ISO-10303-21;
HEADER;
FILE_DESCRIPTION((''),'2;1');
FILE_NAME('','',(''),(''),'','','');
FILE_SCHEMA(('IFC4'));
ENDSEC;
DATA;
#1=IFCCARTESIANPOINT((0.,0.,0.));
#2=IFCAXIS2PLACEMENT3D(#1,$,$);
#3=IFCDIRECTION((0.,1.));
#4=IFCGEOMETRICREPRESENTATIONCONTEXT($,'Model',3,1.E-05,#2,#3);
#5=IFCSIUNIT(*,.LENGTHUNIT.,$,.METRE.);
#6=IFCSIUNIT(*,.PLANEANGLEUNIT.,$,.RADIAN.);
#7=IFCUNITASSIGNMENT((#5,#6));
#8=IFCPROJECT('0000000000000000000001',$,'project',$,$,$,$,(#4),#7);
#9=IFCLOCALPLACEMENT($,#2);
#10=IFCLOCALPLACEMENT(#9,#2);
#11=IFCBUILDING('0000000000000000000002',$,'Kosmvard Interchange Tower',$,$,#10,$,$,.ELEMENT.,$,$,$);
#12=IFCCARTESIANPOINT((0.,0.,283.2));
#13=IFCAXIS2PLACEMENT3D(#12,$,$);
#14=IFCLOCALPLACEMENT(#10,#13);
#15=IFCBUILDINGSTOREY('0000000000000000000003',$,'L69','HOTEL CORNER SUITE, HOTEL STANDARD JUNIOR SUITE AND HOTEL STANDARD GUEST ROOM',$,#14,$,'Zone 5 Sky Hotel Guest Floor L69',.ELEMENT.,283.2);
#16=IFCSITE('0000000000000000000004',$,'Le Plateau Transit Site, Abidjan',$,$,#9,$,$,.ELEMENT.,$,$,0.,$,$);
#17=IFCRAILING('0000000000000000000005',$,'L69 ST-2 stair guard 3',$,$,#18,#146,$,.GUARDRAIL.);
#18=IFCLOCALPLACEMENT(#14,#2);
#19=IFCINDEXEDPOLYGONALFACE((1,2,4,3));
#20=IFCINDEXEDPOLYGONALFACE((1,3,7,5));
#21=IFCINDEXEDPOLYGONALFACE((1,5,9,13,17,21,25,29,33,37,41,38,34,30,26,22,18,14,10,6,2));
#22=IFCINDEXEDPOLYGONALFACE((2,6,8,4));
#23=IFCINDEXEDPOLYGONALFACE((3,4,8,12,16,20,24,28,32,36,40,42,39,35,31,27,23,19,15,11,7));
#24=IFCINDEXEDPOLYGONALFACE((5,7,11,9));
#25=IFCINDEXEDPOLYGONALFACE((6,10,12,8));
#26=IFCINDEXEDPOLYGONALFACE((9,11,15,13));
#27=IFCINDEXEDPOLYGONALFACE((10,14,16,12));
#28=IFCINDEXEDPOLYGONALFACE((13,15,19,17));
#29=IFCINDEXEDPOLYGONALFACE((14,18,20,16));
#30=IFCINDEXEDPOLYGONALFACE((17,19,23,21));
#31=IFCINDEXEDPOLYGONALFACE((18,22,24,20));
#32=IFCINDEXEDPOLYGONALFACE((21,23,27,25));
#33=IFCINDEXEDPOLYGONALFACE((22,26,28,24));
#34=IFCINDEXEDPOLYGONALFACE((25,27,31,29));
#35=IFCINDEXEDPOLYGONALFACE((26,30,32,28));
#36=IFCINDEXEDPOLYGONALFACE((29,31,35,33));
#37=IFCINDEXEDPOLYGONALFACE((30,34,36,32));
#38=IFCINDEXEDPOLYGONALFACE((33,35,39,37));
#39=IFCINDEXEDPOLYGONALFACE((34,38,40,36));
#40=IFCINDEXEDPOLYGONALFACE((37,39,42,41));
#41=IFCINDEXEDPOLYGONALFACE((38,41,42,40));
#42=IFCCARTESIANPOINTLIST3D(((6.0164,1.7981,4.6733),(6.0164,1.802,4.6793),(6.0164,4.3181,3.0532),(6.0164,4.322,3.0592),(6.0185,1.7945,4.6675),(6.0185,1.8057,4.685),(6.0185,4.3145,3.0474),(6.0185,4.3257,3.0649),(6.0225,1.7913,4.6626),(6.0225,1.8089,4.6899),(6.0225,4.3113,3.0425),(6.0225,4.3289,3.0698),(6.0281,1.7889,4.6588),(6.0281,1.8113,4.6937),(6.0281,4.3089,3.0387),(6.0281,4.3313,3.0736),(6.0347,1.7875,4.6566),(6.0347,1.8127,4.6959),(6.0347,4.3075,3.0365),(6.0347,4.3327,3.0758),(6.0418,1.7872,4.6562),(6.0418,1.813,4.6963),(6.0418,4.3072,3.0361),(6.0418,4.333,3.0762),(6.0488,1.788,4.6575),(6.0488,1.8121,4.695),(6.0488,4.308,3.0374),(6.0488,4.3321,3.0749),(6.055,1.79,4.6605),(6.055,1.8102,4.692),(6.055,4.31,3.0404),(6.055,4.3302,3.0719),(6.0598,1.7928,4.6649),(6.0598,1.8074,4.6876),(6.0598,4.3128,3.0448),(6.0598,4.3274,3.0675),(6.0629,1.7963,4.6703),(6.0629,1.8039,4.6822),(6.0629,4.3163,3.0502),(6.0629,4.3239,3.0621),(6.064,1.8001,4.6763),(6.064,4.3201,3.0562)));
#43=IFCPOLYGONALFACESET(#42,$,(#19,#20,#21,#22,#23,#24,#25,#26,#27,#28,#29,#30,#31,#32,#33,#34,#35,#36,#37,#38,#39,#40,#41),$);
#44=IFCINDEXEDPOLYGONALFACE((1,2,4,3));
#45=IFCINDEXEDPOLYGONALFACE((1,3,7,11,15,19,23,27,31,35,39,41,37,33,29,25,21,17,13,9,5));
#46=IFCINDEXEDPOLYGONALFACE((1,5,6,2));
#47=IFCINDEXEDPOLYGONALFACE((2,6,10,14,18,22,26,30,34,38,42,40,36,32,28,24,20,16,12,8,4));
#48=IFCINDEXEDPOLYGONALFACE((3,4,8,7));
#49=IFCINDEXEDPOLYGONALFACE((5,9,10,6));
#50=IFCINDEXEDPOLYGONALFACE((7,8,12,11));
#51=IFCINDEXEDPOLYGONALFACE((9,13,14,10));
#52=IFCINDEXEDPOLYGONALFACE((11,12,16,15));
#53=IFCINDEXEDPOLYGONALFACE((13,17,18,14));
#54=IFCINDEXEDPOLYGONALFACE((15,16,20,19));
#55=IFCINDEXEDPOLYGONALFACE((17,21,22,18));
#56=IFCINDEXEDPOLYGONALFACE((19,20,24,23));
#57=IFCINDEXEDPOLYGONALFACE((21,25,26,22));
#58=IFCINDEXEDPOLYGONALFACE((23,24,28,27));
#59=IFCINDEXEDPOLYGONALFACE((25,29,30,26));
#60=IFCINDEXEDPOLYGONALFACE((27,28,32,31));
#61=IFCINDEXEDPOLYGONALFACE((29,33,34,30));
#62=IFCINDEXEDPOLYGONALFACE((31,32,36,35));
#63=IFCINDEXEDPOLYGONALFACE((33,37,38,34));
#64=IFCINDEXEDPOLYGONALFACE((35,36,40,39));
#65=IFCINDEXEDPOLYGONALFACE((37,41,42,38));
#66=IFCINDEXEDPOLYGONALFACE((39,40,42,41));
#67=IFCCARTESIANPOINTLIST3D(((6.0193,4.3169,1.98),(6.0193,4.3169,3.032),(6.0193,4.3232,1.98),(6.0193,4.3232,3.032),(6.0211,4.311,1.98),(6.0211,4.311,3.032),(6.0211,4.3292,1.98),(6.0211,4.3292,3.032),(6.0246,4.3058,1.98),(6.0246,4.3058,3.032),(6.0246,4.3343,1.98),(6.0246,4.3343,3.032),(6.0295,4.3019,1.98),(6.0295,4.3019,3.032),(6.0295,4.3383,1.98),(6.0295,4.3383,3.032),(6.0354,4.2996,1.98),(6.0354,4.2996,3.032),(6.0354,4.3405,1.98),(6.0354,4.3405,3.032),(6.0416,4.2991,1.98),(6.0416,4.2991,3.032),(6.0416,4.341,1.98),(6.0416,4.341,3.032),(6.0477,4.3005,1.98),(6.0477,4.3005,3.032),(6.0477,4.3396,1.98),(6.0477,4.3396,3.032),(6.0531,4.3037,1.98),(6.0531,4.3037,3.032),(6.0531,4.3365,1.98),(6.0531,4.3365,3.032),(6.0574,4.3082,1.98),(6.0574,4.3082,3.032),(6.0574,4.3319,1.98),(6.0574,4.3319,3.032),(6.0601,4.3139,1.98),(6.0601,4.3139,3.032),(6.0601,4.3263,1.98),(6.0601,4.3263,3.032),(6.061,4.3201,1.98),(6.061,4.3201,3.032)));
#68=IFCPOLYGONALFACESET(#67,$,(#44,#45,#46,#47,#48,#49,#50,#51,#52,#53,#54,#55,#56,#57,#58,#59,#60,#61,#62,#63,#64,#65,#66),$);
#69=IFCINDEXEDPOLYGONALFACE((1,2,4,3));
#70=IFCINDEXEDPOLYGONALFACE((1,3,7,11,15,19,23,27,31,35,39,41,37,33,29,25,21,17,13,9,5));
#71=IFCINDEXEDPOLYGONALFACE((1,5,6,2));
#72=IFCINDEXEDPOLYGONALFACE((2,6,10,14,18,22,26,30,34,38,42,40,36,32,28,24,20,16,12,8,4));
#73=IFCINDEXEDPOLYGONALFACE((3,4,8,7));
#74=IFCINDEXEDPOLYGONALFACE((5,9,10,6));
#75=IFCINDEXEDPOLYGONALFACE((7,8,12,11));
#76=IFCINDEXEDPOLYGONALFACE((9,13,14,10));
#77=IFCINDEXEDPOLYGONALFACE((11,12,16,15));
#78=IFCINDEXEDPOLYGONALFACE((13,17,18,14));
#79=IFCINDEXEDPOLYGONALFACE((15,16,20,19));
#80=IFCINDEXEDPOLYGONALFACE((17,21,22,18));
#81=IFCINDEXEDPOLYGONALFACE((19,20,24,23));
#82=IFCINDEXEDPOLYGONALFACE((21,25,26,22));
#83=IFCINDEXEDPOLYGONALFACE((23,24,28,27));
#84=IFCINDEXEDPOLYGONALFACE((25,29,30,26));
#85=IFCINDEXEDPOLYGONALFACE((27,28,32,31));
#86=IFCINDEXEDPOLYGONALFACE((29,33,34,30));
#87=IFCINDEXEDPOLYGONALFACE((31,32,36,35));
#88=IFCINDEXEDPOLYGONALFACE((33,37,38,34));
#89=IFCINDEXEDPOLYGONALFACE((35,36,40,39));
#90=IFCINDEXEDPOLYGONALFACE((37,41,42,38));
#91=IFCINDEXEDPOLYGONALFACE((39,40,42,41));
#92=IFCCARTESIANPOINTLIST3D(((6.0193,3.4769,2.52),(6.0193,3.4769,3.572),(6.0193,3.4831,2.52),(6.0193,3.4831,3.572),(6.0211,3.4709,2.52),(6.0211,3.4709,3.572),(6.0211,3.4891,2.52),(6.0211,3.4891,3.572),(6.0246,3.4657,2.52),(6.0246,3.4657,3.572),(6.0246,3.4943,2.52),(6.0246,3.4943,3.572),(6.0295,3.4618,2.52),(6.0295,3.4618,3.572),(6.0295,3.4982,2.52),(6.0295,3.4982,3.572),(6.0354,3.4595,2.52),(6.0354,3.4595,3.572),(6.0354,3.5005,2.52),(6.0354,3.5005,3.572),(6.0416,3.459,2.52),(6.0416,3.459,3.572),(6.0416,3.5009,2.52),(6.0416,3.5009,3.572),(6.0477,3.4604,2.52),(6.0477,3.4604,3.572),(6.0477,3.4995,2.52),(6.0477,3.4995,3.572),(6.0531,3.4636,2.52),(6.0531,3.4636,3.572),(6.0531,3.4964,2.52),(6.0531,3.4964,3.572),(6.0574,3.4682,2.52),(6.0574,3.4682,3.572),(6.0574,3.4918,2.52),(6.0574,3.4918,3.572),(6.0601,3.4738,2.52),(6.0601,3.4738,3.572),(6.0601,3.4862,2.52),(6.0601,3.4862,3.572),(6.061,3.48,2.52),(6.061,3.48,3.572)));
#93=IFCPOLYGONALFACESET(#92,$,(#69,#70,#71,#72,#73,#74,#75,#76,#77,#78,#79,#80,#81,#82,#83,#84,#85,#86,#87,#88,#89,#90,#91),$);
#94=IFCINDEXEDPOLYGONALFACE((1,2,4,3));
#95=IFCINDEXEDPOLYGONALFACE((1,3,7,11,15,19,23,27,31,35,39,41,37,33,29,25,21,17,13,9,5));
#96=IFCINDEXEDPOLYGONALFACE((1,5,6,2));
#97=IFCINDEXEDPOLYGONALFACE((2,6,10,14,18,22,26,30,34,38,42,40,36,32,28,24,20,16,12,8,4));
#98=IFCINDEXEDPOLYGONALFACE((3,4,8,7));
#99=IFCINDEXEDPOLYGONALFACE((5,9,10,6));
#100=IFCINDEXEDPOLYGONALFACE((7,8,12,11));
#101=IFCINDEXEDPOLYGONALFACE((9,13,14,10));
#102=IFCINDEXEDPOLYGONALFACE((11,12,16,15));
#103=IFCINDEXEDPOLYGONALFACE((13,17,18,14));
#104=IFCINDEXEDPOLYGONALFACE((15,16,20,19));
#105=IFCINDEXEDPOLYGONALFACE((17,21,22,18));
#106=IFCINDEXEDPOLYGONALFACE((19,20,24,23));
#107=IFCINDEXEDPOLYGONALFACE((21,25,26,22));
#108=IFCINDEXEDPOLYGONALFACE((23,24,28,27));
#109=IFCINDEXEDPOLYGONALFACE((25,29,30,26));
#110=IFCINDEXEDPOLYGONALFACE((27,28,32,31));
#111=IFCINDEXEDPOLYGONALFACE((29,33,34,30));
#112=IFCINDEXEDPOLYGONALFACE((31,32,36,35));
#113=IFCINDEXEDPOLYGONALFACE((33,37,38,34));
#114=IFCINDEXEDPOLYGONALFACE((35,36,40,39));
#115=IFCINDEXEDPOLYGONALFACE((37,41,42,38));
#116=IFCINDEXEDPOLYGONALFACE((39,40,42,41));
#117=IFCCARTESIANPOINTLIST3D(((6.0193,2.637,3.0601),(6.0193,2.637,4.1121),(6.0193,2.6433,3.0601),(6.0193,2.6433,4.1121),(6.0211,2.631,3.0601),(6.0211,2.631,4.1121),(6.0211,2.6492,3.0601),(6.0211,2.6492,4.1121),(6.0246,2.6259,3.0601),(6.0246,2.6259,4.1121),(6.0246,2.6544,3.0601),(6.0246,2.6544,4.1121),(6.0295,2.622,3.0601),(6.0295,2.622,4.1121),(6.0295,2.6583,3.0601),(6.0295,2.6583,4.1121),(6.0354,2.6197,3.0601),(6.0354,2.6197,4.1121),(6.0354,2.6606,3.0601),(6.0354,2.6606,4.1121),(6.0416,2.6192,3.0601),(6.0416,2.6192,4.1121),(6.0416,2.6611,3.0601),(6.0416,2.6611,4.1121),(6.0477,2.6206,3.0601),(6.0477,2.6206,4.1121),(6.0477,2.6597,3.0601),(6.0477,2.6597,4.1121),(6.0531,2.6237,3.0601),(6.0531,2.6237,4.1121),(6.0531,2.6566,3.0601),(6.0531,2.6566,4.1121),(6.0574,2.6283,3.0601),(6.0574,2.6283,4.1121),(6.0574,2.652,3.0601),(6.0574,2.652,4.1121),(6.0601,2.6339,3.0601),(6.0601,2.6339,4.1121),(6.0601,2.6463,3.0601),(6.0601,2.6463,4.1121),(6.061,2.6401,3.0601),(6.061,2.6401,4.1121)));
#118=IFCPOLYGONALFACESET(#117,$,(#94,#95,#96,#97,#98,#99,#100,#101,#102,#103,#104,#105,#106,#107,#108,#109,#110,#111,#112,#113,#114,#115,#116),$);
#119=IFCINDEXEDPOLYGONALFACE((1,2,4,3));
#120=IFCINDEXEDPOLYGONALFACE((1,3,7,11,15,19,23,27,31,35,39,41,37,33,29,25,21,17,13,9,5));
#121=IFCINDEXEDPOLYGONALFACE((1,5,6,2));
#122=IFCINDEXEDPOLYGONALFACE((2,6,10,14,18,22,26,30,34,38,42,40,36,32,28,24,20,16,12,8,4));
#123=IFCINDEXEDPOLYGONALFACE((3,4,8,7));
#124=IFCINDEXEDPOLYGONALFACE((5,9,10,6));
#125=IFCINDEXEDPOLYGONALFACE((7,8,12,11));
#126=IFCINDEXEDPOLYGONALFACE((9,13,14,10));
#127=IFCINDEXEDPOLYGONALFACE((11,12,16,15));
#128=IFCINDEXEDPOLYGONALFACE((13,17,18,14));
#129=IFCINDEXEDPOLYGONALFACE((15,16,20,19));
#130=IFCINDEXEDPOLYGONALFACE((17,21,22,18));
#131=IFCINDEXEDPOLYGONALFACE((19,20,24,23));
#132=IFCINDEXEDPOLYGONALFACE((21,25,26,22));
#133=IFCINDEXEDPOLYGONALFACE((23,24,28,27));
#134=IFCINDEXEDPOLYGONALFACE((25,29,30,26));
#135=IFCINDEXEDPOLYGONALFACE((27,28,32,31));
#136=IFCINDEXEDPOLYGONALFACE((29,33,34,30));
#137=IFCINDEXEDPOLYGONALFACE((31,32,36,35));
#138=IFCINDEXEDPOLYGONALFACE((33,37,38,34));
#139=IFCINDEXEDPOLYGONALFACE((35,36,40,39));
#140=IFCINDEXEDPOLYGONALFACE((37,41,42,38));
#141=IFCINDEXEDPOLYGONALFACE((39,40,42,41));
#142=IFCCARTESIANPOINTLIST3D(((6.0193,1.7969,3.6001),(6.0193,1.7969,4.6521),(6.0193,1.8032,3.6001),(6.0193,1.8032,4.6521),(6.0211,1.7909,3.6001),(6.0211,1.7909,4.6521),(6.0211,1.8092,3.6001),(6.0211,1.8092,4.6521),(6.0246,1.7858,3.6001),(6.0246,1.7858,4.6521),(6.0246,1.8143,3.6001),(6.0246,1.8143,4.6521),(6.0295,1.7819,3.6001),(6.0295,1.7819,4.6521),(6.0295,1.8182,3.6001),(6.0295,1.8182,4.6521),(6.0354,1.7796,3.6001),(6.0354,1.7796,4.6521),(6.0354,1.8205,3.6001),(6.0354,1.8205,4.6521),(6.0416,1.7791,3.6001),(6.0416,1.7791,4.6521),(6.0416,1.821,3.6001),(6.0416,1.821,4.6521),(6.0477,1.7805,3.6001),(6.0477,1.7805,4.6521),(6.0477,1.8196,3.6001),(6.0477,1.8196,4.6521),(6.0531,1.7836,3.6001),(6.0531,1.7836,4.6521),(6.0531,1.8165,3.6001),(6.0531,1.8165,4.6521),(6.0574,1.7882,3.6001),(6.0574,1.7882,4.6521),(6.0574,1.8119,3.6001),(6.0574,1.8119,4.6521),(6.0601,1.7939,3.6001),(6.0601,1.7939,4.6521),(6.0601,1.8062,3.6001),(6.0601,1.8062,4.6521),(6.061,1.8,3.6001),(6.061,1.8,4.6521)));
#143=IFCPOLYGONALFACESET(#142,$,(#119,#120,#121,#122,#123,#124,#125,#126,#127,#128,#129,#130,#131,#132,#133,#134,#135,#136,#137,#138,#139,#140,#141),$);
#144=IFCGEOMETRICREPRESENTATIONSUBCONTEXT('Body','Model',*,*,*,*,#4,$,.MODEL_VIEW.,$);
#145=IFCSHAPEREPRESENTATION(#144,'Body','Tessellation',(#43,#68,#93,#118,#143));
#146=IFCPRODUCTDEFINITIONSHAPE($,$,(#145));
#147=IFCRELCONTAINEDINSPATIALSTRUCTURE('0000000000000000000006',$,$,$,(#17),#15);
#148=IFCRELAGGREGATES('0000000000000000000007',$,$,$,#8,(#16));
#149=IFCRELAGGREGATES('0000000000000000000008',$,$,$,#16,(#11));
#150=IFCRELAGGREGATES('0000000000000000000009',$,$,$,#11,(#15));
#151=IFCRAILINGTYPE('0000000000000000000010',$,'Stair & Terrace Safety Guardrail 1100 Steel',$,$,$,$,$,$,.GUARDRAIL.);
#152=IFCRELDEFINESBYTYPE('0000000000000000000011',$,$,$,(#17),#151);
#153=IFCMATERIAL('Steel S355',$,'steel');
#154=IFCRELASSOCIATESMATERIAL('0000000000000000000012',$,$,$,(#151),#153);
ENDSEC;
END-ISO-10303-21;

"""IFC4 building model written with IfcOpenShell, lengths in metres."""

from ifc_helpers import new_model, si_unit, direction, frame, origin, origin_2d, place, context, subcontext, project, spatial, circle, extrude, source, transform, mapped, material, type_object, element, save


model = new_model("IFC4")

# Units and contexts
model_context = context("Model", 3, precision=1e-05, world=origin(), true_north=direction((0.0, 1.0)))
body_context = subcontext(model_context, "Body", "Model", "MODEL_VIEW")
ifc_project = project(units=[si_unit("LENGTHUNIT", "METRE"), si_unit("PLANEANGLEUNIT", "RADIAN")], contexts=[model_context])

# Site, building, storey
site_placement = place(None, origin())
site = spatial("IfcSite", under=ifc_project, at=site_placement, Name="Le Plateau Transit Site, Abidjan", CompositionType="ELEMENT", RefElevation=0.0)
building_placement = place(site_placement, origin())
building = spatial("IfcBuilding", under=site, at=building_placement, Name="Kosmvard Interchange Tower", CompositionType="ELEMENT")
storey_placement = place(building_placement, frame((0.0, 0.0, 283.2)))
storey = spatial("IfcBuildingStorey", under=building, at=storey_placement, Name="L69", Description="HOTEL CORNER SUITE, HOTEL STANDARD JUNIOR SUITE AND HOTEL STANDARD GUEST ROOM", LongName="Zone 5 Sky Hotel Guest Floor L69", CompositionType="ELEMENT", Elevation=283.2)

# Shared definitions
ifc_material_1 = material(Name="Steel S355", Category="steel")

# Railing
railing_type_1 = type_object("IfcRailingType", Name="Stair & Terrace Safety Guardrail 1100 Steel", PredefinedType="GUARDRAIL", material=ifc_material_1)
shared_shape_1 = source(origin(), body_context, "Body", "SweptSolid", [
    extrude(circle(Radius=0.0239, at=origin_2d()), frame((0.0, 0.0, 1.0762), z_axis=(0.0, -0.841163, 0.540782), x_axis=(1.0, 0.0, 0.0)), (0.0, 0.0, 1.0), 2.9958),
    extrude(circle(Radius=0.021, at=origin_2d()), origin(), (0.0, 0.0, 1.0), 1.052),
    extrude(circle(Radius=0.021, at=origin_2d()), frame((0.0, -0.8401, 0.54)), (0.0, 0.0, 1.0), 1.052),
    extrude(circle(Radius=0.021, at=origin_2d()), frame((0.0, -1.6799, 1.0801)), (0.0, 0.0, 1.0), 1.052),
    extrude(circle(Radius=0.021, at=origin_2d()), frame((0.0, -2.52, 1.6201)), (0.0, 0.0, 1.0), 1.052),
])
railing_1_placement = place(storey_placement, frame((6.04, 4.3201, 1.98)))
element("IfcRailing", 1, at=railing_1_placement, inside=storey, type_object=railing_type_1, Name="L69 ST-2 stair guard 3", PredefinedType="GUARDRAIL", context=body_context, shape_type="MappedRepresentation", body=[
    mapped(shared_shape_1, transform((0.0, 0.0, 0.0), scale=1.0)),
])

save(model, "model.ifc")
